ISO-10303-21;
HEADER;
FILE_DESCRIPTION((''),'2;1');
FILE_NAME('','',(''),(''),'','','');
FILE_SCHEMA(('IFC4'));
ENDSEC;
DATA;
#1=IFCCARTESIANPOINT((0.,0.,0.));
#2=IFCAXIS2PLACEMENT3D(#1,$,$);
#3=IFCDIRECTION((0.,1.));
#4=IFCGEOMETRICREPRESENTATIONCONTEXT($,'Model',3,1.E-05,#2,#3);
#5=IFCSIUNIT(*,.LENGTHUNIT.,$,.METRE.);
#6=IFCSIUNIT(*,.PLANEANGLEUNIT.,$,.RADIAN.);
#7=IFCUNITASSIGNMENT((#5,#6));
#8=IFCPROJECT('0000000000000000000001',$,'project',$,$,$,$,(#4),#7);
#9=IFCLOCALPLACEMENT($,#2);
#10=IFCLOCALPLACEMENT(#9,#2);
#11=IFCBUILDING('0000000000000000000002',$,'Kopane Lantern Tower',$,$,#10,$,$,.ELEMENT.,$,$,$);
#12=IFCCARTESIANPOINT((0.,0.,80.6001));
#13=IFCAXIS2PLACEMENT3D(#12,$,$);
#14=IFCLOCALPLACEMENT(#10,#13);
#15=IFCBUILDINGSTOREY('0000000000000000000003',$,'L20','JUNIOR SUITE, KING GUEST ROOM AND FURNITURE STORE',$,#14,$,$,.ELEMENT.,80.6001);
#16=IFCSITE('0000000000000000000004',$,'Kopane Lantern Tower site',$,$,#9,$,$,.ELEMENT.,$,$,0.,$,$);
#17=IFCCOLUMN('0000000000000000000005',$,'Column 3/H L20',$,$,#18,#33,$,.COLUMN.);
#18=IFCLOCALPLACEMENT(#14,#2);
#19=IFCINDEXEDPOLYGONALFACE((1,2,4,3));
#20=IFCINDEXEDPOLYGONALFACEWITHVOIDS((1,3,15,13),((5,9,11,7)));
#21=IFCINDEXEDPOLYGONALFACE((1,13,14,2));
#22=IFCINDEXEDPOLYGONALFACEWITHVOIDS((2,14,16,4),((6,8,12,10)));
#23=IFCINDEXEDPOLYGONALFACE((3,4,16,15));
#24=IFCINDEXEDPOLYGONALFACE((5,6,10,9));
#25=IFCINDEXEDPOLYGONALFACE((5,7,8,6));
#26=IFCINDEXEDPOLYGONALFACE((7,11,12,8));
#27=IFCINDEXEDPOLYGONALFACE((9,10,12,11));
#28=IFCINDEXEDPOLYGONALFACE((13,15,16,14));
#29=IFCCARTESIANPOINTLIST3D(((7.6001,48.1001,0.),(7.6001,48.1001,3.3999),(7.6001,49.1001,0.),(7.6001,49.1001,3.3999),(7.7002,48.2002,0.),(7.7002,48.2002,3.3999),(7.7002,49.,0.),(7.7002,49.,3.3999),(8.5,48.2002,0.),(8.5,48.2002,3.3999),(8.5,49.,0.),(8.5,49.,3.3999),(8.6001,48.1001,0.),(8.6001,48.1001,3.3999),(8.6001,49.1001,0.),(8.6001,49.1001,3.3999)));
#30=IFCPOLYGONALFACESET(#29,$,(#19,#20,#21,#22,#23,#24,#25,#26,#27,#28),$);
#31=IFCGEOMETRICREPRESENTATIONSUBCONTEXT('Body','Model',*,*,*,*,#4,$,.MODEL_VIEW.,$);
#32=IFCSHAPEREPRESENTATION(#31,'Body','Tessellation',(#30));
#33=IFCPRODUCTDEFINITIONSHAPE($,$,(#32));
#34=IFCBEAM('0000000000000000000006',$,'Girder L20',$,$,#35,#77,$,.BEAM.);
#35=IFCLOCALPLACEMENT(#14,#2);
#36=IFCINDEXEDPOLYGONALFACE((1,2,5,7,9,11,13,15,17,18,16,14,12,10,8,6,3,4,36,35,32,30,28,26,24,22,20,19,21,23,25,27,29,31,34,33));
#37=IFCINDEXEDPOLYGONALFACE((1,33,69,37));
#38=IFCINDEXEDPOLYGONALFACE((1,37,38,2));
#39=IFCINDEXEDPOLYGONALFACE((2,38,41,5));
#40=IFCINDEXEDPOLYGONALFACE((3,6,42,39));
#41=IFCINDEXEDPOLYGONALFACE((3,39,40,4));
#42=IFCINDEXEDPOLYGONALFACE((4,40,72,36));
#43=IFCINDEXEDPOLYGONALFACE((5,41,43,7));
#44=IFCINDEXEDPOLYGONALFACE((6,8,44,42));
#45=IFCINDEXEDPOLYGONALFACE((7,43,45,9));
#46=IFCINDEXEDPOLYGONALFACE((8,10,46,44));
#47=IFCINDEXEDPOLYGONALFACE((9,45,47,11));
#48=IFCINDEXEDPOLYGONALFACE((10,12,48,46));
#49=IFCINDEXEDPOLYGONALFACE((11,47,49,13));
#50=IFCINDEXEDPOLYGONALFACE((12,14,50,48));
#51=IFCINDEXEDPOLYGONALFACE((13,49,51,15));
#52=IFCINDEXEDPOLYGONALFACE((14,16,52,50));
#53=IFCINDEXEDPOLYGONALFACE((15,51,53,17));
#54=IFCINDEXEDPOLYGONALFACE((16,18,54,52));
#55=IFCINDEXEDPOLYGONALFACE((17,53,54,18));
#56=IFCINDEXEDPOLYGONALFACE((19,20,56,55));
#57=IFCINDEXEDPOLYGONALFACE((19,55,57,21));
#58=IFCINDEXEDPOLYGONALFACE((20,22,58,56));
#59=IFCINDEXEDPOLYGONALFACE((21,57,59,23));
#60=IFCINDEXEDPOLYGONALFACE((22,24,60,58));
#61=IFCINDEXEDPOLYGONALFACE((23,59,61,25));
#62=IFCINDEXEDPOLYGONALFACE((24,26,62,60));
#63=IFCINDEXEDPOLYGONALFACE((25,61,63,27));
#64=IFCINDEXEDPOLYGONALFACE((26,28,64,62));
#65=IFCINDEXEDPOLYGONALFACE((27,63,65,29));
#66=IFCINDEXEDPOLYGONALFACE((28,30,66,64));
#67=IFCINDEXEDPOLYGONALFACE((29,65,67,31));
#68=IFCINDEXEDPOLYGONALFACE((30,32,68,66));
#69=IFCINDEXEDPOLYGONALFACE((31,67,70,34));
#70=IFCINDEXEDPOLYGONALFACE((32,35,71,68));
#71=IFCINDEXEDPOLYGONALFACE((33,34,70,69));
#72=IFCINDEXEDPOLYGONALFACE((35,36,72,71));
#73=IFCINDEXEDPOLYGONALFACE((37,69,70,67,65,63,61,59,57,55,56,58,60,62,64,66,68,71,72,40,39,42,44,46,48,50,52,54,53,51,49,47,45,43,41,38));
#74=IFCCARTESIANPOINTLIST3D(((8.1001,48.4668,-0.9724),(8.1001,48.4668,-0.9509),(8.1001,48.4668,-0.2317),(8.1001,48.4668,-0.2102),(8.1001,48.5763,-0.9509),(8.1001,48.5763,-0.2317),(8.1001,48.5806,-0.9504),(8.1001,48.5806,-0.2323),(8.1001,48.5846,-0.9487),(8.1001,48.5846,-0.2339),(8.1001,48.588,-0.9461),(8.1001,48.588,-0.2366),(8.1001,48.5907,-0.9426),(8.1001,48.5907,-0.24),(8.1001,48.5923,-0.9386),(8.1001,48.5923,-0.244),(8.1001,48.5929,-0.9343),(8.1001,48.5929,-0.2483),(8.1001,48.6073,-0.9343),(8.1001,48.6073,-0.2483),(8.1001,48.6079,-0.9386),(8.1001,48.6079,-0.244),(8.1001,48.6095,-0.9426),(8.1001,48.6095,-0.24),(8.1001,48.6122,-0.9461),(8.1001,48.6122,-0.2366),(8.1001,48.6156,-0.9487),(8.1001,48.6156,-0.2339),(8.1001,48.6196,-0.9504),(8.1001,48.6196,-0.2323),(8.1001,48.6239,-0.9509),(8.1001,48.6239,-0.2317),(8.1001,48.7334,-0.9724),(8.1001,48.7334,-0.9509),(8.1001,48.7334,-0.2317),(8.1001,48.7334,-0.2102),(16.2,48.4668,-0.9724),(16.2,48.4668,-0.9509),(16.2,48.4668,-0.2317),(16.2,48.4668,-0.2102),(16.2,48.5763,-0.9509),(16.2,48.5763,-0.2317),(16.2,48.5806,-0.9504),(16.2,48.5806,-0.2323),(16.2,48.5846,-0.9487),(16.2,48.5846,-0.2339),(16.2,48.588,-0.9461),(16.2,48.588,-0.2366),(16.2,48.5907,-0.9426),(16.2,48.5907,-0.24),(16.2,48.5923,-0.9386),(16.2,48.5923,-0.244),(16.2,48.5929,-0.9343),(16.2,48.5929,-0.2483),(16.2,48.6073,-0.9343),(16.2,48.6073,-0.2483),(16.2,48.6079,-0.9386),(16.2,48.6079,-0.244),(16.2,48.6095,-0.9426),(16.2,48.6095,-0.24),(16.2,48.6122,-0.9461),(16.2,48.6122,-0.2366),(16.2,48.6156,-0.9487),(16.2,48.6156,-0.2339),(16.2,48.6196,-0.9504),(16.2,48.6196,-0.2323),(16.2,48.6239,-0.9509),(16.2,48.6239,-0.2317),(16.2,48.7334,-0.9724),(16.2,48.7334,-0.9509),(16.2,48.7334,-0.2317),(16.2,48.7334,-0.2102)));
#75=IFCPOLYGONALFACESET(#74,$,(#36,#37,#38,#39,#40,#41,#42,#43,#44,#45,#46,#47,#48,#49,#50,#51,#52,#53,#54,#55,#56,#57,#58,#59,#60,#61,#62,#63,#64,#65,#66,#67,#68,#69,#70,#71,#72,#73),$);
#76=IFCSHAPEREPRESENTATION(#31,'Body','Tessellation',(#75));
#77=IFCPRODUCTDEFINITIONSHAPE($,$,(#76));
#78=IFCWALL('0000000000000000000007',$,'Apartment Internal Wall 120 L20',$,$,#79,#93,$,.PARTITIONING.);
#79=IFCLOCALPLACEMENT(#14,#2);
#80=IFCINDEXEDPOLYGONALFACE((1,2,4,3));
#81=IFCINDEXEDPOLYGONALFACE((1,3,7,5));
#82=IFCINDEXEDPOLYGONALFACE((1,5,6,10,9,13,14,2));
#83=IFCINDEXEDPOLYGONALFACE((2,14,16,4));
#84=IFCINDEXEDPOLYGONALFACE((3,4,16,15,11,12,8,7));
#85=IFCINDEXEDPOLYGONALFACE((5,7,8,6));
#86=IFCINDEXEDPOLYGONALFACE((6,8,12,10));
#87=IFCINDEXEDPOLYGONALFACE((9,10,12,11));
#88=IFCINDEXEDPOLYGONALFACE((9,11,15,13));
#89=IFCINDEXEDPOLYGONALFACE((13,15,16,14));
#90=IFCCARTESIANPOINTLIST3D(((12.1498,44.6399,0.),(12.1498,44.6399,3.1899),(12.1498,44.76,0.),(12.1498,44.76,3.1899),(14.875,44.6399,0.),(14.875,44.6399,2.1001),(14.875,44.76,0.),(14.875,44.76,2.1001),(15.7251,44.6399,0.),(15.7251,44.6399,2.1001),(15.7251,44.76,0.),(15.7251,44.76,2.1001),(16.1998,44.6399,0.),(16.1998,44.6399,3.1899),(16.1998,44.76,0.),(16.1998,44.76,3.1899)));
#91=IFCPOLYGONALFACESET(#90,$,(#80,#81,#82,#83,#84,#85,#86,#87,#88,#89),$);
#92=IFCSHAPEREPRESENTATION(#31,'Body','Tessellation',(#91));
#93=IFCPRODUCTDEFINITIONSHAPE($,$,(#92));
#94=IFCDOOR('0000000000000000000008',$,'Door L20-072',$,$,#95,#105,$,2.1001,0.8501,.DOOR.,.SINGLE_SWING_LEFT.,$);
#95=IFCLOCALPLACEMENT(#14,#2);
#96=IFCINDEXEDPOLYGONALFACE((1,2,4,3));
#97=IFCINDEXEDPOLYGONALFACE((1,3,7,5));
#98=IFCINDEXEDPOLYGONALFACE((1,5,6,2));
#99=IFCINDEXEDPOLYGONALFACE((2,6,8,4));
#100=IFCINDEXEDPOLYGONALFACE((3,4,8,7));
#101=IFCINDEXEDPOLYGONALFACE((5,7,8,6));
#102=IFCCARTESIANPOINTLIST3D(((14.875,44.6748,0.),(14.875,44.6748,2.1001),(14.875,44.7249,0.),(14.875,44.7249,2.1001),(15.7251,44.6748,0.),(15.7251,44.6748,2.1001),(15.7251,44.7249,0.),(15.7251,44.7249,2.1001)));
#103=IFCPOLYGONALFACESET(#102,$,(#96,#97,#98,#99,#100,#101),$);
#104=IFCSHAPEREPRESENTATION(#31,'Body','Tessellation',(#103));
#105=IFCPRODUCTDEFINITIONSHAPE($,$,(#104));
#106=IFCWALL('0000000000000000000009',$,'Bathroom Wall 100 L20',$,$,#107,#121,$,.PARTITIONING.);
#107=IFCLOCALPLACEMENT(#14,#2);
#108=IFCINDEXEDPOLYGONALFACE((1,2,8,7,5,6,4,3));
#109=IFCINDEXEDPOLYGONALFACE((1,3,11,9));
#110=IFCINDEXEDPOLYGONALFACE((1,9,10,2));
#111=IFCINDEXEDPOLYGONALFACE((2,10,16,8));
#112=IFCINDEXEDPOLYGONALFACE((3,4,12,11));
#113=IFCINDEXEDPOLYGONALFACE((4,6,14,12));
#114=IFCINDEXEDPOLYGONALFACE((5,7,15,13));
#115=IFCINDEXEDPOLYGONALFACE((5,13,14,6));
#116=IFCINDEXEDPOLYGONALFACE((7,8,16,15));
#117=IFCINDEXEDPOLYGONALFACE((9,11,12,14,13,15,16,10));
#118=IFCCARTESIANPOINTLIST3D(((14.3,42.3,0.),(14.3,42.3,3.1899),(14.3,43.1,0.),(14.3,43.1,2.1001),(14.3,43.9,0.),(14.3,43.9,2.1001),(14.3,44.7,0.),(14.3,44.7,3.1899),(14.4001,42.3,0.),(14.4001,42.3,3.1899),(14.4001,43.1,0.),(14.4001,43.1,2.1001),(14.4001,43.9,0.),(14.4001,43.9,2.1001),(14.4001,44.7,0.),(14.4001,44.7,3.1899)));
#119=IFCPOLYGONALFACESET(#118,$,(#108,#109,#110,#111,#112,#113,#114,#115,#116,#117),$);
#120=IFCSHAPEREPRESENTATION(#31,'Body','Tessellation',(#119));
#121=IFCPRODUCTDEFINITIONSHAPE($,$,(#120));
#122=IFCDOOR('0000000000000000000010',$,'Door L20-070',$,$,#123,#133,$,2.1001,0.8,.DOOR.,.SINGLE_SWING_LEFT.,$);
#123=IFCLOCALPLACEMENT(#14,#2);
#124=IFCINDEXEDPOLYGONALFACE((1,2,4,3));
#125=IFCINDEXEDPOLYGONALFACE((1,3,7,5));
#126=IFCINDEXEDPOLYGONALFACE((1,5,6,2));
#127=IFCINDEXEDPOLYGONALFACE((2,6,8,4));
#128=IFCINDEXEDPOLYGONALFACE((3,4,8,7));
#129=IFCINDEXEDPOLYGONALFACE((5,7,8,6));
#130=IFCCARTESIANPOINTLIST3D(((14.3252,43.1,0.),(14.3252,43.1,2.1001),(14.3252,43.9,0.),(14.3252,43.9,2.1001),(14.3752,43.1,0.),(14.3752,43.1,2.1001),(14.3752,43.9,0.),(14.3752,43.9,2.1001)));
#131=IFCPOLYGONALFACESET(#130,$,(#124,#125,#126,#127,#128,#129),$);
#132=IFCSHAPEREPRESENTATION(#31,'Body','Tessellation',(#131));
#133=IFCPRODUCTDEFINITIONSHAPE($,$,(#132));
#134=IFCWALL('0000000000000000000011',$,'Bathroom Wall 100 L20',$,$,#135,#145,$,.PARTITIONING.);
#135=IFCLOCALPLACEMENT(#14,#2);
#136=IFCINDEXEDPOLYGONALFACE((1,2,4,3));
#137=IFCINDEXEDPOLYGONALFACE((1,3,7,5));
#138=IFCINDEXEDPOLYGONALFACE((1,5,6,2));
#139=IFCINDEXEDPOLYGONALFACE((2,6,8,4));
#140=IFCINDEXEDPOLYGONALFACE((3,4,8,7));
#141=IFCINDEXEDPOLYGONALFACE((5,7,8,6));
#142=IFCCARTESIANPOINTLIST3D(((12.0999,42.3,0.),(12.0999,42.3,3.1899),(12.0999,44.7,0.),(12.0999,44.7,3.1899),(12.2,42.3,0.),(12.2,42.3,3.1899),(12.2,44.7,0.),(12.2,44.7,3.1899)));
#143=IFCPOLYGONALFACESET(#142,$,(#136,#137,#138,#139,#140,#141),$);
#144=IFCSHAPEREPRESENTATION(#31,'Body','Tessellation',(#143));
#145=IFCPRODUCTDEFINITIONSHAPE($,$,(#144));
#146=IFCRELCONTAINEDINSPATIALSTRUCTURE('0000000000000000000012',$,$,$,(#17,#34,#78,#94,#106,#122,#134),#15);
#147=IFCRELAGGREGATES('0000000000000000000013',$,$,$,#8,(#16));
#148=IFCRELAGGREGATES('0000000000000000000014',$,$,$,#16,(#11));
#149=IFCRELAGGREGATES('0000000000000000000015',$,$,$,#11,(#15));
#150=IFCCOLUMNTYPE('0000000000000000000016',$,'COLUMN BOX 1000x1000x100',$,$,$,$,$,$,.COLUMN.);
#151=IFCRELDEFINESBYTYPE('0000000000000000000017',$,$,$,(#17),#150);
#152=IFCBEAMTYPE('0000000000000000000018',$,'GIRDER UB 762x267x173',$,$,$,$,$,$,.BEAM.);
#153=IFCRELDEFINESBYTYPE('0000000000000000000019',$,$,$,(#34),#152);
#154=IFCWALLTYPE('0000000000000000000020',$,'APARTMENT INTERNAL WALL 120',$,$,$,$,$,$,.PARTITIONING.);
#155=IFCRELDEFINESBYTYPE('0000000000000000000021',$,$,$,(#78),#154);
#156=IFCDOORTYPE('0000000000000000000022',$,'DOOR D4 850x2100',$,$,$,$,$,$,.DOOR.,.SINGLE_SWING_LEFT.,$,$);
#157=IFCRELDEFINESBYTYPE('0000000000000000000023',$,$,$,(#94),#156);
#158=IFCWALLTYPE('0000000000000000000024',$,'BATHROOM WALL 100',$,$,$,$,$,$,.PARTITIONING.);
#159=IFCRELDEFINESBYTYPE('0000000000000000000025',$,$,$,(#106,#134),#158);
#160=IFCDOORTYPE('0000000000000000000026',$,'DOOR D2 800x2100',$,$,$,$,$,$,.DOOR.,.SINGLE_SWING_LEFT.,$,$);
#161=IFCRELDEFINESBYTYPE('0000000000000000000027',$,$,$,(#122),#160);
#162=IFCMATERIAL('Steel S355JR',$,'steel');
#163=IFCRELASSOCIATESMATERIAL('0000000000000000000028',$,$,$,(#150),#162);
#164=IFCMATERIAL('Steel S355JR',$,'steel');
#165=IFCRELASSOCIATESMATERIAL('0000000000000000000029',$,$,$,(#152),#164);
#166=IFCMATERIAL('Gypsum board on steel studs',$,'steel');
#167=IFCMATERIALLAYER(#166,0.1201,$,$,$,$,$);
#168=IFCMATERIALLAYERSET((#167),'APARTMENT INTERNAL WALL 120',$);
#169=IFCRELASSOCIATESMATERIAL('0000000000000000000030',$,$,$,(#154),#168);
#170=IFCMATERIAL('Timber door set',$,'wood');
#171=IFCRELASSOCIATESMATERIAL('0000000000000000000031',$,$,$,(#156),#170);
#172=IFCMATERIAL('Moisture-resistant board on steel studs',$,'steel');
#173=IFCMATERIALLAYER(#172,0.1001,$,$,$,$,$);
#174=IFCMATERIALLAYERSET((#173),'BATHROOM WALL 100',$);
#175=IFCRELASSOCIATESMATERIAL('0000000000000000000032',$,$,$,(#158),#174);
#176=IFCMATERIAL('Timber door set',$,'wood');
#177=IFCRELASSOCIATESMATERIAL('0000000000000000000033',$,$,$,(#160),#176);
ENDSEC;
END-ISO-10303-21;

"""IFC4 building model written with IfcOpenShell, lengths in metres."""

from ifc_helpers import new_model, si_unit, direction, frame, frame_2d, origin, origin_2d, place, context, subcontext, project, spatial, rectangle, hollow_rectangle, i_section, extrude, material, layer, layer_set, material_profile, profile_set, type_object, element, fill, save


model = new_model("IFC4")

# Units and contexts
model_context = context("Model", 3, precision=1e-05, world=origin(), true_north=direction((0.0, 1.0)))
body_context = subcontext(model_context, "Body", "Model", "MODEL_VIEW")
ifc_project = project(units=[si_unit("LENGTHUNIT", "METRE"), si_unit("PLANEANGLEUNIT", "RADIAN")], contexts=[model_context])

# Site, building, storey
site_placement = place(None, origin())
site = spatial("IfcSite", under=ifc_project, at=site_placement, Name="Kopane Lantern Tower site", CompositionType="ELEMENT", RefElevation=0.0)
building_placement = place(site_placement, origin())
building = spatial("IfcBuilding", under=site, at=building_placement, Name="Kopane Lantern Tower", CompositionType="ELEMENT")
storey_placement = place(building_placement, frame((0.0, 0.0, 80.6001)))
storey = spatial("IfcBuildingStorey", under=building, at=storey_placement, Name="L20", Description="JUNIOR SUITE, KING GUEST ROOM AND FURNITURE STORE", CompositionType="ELEMENT", Elevation=80.6001)

# Column
ifc_material_1 = material(Name="Steel S355JR", Category="steel")
ifc_material_profile_1 = material_profile(ifc_material_1, hollow_rectangle(XDim=1.0, YDim=1.0, WallThickness=0.1001, at=origin_2d()), Name="BOX 1000x1000x100")
ifc_profile_set_1 = profile_set([ifc_material_profile_1], Name="Steel S355JR")
column_type = type_object("IfcColumnType", Name="COLUMN BOX 1000x1000x100", PredefinedType="COLUMN", material=ifc_profile_set_1)
column_placement = place(storey_placement, frame((8.1001, 48.6001, 0.0), z_axis=(0.0, 0.0, 1.0), x_axis=(1.0, 0.0, 0.0)))
element("IfcColumn", 1, at=column_placement, inside=storey, type_object=column_type, Name="Column 3/H L20", PredefinedType="COLUMN", context=body_context, shape_type="SweptSolid", body=[
    extrude(hollow_rectangle(XDim=1.0, YDim=1.0, WallThickness=0.1001, at=origin_2d()), origin(), (0.0, 0.0, 1.0), 3.3999),
])

# Beam
ifc_material_2 = material(Name="Steel S355JR", Category="steel")
ifc_material_profile_2 = material_profile(ifc_material_2, i_section(OverallWidth=0.2666, OverallDepth=0.7622, WebThickness=0.0144, FlangeThickness=0.0215, FilletRadius=0.0166, at=origin_2d()), Name="UB 762x267x173")
ifc_profile_set_2 = profile_set([ifc_material_profile_2], Name="Steel S355JR")
beam_type = type_object("IfcBeamType", Name="GIRDER UB 762x267x173", PredefinedType="BEAM", material=ifc_profile_set_2)
beam_placement = place(storey_placement, frame((8.1001, 48.6001, -0.5913), z_axis=(1.0, 0.0, 0.0), x_axis=(0.0, 1.0, 0.0)))
element("IfcBeam", 2, at=beam_placement, inside=storey, type_object=beam_type, Name="Girder L20", PredefinedType="BEAM", context=body_context, shape_type="SweptSolid", body=[
    extrude(i_section(OverallWidth=0.2666, OverallDepth=0.7622, WebThickness=0.0144, FlangeThickness=0.0215, FilletRadius=0.0166, at=origin_2d()), origin(), (0.0, 0.0, 1.0), 8.0999),
])

# Walls, openings, doors
ifc_material_3 = material(Name="Gypsum board on steel studs", Category="steel")
ifc_layer_1 = layer(ifc_material_3, 0.1201)
ifc_layer_set_1 = layer_set([ifc_layer_1], Name="APARTMENT INTERNAL WALL 120")
wall_type_1 = type_object("IfcWallType", Name="APARTMENT INTERNAL WALL 120", PredefinedType="PARTITIONING", material=ifc_layer_set_1)
wall_1_placement = place(storey_placement, frame((12.1499, 44.7, 0.0), z_axis=(0.0, 0.0, 1.0), x_axis=(1.0, 0.0, 0.0)))
wall_1 = element("IfcWall", 3, at=wall_1_placement, inside=storey, type_object=wall_type_1, Name="Apartment Internal Wall 120 L20", PredefinedType="PARTITIONING", context=body_context, shape_type="SweptSolid", body=[
    extrude(rectangle(XDim=4.05, YDim=0.1201, at=frame_2d((2.0249, 0.0))), origin(), (0.0, 0.0, 1.0), 3.1899),
])
opening_1_placement = place(wall_1_placement, frame((2.7251, 0.0, 0.0)))
opening_1 = element("IfcOpeningElement", 4, at=opening_1_placement, cuts=wall_1, PredefinedType="OPENING", context=body_context, shape_type="SweptSolid", body=[
    extrude(rectangle(XDim=0.8501, YDim=2.1001, at=frame_2d((0.425, 1.05))), frame((0.0, 0.0701, 0.0), z_axis=(0.0, -1.0, 0.0), x_axis=(1.0, 0.0, 0.0)), (0.0, 0.0, 1.0), 0.1401),
])
ifc_material_4 = material(Name="Timber door set", Category="wood")
door_type_1 = type_object("IfcDoorType", Name="DOOR D4 850x2100", OperationType="SINGLE_SWING_LEFT", PredefinedType="DOOR", material=ifc_material_4)
door_1_placement = place(opening_1_placement, origin())
door_1 = element("IfcDoor", 5, at=door_1_placement, inside=storey, type_object=door_type_1, Name="Door L20-072", OperationType="SINGLE_SWING_LEFT", OverallHeight=2.1001, OverallWidth=0.8501, PredefinedType="DOOR", context=body_context, shape_type="SweptSolid", body=[
    extrude(rectangle(XDim=0.8501, YDim=2.1001, at=frame_2d((0.425, 1.05))), frame((0.0, 0.0249, 0.0), z_axis=(0.0, -1.0, 0.0), x_axis=(1.0, 0.0, 0.0)), (0.0, 0.0, 1.0), 0.05),
])
fill(opening_1, door_1)
ifc_material_5 = material(Name="Moisture-resistant board on steel studs", Category="steel")
ifc_layer_2 = layer(ifc_material_5, 0.1001)
ifc_layer_set_2 = layer_set([ifc_layer_2], Name="BATHROOM WALL 100")
wall_type_2 = type_object("IfcWallType", Name="BATHROOM WALL 100", PredefinedType="PARTITIONING", material=ifc_layer_set_2)
wall_2_placement = place(storey_placement, frame((14.3501, 42.3, 0.0), z_axis=(0.0, 0.0, 1.0), x_axis=(0.0, 1.0, 0.0)))
wall_2 = element("IfcWall", 6, at=wall_2_placement, inside=storey, type_object=wall_type_2, Name="Bathroom Wall 100 L20", PredefinedType="PARTITIONING", context=body_context, shape_type="SweptSolid", body=[
    extrude(rectangle(XDim=2.3999, YDim=0.1001, at=frame_2d((1.2, 0.0))), origin(), (0.0, 0.0, 1.0), 3.1899),
])
opening_2_placement = place(wall_2_placement, frame((0.8, 0.0, 0.0)))
opening_2 = element("IfcOpeningElement", 7, at=opening_2_placement, cuts=wall_2, PredefinedType="OPENING", context=body_context, shape_type="SweptSolid", body=[
    extrude(rectangle(XDim=0.8, YDim=2.1001, at=frame_2d((0.3999, 1.05))), frame((0.0, 0.0601, 0.0), z_axis=(0.0, -1.0, 0.0), x_axis=(1.0, 0.0, 0.0)), (0.0, 0.0, 1.0), 0.1201),
])
ifc_material_6 = material(Name="Timber door set", Category="wood")
door_type_2 = type_object("IfcDoorType", Name="DOOR D2 800x2100", OperationType="SINGLE_SWING_LEFT", PredefinedType="DOOR", material=ifc_material_6)
door_2_placement = place(opening_2_placement, origin())
door_2 = element("IfcDoor", 8, at=door_2_placement, inside=storey, type_object=door_type_2, Name="Door L20-070", OperationType="SINGLE_SWING_LEFT", OverallHeight=2.1001, OverallWidth=0.8, PredefinedType="DOOR", context=body_context, shape_type="SweptSolid", body=[
    extrude(rectangle(XDim=0.8, YDim=2.1001, at=frame_2d((0.3999, 1.05))), frame((0.0, 0.0249, 0.0), z_axis=(0.0, -1.0, 0.0), x_axis=(1.0, 0.0, 0.0)), (0.0, 0.0, 1.0), 0.05),
])
fill(opening_2, door_2)

# Wall
wall_3_placement = place(storey_placement, frame((12.1499, 42.3, 0.0), z_axis=(0.0, 0.0, 1.0), x_axis=(0.0, 1.0, 0.0)))
element("IfcWall", 9, at=wall_3_placement, inside=storey, type_object=wall_type_2, Name="Bathroom Wall 100 L20", PredefinedType="PARTITIONING", context=body_context, shape_type="SweptSolid", body=[
    extrude(rectangle(XDim=2.3999, YDim=0.1001, at=frame_2d((1.2, 0.0))), origin(), (0.0, 0.0, 1.0), 3.1899),
])

save(model, "model.ifc")
